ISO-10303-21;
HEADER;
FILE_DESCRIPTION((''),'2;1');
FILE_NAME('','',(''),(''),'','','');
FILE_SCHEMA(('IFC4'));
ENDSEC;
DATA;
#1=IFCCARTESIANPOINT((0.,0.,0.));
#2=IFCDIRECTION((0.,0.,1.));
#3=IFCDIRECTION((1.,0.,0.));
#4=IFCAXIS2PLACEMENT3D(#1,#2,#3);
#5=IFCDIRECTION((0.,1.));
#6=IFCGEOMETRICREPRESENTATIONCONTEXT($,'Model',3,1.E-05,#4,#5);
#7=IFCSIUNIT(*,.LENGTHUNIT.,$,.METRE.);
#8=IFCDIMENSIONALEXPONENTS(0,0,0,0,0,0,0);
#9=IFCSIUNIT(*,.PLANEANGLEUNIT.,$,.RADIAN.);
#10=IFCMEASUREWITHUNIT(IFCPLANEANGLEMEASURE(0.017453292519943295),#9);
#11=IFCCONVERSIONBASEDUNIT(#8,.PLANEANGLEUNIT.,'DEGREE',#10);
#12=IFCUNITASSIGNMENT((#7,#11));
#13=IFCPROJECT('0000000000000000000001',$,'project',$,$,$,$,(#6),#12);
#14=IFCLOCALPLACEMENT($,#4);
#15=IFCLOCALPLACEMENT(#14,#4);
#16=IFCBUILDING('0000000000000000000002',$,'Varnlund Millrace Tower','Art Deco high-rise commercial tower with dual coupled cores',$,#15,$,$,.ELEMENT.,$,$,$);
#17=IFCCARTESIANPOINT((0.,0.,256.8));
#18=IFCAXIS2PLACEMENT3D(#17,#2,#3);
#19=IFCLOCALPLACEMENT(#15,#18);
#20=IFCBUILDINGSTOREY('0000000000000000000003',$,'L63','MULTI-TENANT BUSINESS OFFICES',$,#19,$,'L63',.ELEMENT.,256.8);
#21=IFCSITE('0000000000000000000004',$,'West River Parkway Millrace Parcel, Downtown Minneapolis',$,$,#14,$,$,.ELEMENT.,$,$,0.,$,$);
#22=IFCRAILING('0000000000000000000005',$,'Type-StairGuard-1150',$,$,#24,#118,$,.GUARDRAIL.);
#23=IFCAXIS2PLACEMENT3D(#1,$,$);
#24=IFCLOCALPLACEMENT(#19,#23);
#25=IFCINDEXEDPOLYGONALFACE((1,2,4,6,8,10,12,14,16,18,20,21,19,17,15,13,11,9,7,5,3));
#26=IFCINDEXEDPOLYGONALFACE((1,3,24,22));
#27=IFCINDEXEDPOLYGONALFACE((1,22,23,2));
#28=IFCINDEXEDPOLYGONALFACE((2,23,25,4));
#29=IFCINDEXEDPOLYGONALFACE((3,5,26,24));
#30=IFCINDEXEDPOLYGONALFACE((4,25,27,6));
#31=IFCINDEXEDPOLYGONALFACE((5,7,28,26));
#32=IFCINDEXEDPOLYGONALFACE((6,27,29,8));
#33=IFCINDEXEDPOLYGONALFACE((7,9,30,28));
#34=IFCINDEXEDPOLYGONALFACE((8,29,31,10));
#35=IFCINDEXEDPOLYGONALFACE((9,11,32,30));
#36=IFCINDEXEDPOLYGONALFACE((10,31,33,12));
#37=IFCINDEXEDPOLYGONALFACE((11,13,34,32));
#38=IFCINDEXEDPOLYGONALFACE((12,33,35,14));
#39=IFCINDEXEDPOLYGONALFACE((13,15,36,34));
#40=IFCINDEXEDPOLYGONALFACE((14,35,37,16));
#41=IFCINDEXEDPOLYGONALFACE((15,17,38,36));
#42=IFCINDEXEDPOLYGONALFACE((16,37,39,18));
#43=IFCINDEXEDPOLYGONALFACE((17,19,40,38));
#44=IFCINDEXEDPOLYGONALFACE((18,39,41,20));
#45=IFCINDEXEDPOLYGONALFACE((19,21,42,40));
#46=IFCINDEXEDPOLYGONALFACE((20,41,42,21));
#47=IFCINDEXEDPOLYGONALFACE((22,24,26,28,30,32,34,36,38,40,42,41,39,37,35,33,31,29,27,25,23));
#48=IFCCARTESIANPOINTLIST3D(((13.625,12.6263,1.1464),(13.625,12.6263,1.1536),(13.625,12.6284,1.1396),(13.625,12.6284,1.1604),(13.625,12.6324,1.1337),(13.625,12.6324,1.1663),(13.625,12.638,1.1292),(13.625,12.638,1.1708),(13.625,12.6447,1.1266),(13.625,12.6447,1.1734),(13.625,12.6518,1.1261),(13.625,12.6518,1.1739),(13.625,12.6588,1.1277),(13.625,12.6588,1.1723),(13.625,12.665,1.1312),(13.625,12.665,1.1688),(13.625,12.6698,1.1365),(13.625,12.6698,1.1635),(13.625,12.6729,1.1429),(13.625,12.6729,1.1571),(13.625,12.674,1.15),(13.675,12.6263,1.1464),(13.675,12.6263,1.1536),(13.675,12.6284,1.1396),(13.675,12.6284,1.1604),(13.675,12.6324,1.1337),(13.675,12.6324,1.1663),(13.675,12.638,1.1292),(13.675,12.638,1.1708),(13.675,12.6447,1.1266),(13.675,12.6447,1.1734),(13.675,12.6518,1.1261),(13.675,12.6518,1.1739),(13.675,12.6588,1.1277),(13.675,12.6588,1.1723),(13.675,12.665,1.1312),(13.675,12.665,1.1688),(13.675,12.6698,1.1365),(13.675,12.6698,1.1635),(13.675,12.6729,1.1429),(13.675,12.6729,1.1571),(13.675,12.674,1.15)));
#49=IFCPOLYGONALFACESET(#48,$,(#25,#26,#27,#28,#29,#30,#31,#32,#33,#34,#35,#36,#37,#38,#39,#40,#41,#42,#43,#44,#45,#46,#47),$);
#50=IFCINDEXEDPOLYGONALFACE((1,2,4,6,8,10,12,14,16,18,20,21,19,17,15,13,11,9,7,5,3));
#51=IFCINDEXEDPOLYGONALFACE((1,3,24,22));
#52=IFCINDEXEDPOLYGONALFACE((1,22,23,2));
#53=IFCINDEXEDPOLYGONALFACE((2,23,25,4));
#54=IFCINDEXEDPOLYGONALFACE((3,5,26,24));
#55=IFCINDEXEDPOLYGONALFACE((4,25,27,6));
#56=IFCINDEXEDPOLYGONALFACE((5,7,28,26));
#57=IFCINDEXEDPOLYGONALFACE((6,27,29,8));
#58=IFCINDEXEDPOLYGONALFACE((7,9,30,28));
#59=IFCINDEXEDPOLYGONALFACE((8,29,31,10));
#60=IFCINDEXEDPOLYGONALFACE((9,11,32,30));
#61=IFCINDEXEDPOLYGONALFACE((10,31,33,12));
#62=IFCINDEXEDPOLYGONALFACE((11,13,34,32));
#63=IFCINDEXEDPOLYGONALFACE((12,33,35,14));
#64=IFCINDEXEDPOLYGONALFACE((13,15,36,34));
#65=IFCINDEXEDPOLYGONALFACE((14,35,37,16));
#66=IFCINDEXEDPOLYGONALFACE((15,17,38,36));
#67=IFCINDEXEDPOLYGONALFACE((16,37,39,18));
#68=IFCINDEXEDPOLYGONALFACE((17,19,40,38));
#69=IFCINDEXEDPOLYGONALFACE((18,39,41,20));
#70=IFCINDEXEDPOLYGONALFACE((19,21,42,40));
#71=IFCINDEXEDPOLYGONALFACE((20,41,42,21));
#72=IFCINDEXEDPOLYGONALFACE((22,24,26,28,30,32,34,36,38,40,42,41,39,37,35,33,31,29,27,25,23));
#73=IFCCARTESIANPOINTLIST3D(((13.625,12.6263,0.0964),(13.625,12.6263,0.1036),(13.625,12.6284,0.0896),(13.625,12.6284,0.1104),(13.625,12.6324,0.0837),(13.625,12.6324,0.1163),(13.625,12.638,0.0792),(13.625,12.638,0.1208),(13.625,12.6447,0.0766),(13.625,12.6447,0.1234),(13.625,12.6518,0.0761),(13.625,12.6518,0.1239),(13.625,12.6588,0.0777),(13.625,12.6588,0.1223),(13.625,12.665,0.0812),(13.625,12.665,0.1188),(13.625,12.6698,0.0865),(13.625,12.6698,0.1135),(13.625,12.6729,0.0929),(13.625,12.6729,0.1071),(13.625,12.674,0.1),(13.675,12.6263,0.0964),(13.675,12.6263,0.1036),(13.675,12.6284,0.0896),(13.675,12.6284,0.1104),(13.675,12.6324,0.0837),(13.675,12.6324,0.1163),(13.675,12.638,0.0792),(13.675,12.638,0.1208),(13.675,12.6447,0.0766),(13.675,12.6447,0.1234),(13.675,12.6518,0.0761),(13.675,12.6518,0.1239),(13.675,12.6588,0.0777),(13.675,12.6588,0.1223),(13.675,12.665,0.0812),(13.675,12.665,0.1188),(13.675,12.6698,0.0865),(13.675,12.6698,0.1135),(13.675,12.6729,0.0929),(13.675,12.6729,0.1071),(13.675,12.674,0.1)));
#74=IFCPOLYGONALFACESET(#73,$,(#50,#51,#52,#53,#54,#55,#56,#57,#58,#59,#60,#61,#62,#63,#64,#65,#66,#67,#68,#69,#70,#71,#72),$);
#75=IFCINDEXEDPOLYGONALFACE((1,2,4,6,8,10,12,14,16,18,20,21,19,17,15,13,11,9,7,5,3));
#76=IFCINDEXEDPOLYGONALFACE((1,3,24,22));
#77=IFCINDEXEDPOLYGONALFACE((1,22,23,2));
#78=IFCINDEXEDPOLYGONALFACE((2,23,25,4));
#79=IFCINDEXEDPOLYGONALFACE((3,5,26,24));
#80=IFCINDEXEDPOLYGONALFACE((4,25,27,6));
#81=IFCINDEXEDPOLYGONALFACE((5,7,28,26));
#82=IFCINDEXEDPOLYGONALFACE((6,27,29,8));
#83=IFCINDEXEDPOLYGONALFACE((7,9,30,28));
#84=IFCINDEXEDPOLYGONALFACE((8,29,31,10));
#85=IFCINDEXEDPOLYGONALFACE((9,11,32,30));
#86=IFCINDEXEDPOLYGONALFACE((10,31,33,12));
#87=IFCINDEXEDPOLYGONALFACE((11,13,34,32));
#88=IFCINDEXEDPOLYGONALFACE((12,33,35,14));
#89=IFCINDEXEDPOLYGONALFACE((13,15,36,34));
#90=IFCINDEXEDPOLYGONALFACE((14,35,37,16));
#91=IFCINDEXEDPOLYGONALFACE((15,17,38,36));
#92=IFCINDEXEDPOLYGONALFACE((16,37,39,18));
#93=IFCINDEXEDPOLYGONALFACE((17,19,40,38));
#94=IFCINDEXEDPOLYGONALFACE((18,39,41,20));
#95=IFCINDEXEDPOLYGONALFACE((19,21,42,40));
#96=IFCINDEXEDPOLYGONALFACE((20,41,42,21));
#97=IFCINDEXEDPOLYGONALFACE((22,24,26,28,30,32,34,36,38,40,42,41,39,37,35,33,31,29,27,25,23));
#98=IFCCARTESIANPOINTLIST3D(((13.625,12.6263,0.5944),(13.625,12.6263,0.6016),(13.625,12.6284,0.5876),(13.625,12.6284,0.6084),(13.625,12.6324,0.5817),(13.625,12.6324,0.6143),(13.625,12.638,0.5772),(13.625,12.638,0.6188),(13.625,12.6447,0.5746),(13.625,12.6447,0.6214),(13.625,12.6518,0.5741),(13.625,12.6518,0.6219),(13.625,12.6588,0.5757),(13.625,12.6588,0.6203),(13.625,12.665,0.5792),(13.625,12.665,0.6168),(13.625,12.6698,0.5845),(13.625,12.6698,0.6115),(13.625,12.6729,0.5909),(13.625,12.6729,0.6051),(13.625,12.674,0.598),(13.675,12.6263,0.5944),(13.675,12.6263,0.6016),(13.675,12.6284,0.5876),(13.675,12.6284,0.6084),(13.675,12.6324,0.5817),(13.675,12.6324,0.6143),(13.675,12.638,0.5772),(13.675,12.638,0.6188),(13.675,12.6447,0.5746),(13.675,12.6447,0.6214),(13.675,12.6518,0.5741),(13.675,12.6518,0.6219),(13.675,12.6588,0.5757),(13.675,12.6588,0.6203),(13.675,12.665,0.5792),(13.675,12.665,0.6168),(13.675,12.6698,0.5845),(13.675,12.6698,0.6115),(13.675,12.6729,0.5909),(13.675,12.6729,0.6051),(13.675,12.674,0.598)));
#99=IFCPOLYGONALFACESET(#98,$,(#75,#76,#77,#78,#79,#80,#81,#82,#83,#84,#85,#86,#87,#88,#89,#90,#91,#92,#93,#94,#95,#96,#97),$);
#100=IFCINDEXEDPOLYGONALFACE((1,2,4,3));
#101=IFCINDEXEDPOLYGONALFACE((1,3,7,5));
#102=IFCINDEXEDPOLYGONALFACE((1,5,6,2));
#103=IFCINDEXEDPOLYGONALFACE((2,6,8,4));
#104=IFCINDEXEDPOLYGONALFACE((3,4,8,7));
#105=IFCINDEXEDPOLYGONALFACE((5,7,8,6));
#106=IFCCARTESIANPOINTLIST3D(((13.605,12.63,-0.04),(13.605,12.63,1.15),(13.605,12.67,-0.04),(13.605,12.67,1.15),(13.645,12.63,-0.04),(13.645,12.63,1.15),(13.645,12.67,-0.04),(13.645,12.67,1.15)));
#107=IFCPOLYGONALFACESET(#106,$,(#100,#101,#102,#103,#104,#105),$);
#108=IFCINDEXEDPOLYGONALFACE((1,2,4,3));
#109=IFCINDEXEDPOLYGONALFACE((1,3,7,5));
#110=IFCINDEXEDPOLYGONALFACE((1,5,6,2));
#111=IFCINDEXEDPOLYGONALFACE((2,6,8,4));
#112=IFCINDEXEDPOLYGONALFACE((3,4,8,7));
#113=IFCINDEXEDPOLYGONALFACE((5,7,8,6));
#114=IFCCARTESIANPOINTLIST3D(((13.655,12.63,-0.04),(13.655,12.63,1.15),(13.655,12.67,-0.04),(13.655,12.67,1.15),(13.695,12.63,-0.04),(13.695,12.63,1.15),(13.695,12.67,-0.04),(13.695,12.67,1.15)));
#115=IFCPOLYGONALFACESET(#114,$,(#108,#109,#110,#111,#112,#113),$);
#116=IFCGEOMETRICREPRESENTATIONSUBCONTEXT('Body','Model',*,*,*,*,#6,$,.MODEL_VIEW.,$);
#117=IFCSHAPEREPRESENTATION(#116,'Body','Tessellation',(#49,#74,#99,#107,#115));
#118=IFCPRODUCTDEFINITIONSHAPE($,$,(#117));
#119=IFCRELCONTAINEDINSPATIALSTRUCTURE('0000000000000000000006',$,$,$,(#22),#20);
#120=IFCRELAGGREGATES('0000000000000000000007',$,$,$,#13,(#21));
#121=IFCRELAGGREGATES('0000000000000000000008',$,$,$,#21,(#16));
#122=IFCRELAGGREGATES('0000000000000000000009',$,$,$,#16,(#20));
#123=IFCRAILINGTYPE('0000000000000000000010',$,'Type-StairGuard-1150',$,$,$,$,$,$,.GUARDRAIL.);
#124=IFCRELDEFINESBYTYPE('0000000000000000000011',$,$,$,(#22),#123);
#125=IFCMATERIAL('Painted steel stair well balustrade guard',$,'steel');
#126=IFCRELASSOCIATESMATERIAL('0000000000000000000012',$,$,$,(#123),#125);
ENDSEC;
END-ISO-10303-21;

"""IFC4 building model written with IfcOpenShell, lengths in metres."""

from ifc_helpers import new_model, entity, si_unit, converted_unit, direction, frame, origin_with_axes, origin_2d_with_axis, place, context, subcontext, project, spatial, rectangle, circle, extrude, material, type_object, element, save


model = new_model("IFC4")

# Units and contexts
model_context = context("Model", 3, precision=1e-05, world=origin_with_axes(), true_north=direction((0.0, 1.0)))
body_context = subcontext(model_context, "Body", "Model", "MODEL_VIEW")
ifc_project = project(units=[si_unit("LENGTHUNIT", "METRE"), converted_unit("PLANEANGLEUNIT", "DEGREE", entity("IfcPlaneAngleMeasure", 0.017453292519943295), si_unit("PLANEANGLEUNIT", "RADIAN"), dimensions=[0, 0, 0, 0, 0, 0, 0])], contexts=[model_context])

# Site, building, storey
site_placement = place(None, origin_with_axes())
site = spatial("IfcSite", under=ifc_project, at=site_placement, Name="West River Parkway Millrace Parcel, Downtown Minneapolis", CompositionType="ELEMENT", RefElevation=0.0)
building_placement = place(site_placement, origin_with_axes())
building = spatial("IfcBuilding", under=site, at=building_placement, Name="Varnlund Millrace Tower", Description="Art Deco high-rise commercial tower with dual coupled cores", CompositionType="ELEMENT")
storey_placement = place(building_placement, frame((0.0, 0.0, 256.8), z_axis=(0.0, 0.0, 1.0), x_axis=(1.0, 0.0, 0.0)))
storey = spatial("IfcBuildingStorey", under=building, at=storey_placement, Name="L63", Description="MULTI-TENANT BUSINESS OFFICES", LongName="L63", CompositionType="ELEMENT", Elevation=256.8)

# Railing
ifc_material_1 = material(Name="Painted steel stair well balustrade guard", Category="steel")
railing_type_1 = type_object("IfcRailingType", Name="Type-StairGuard-1150", PredefinedType="GUARDRAIL", material=ifc_material_1)
railing_1_placement = place(storey_placement, frame((0.0, 0.0, -256.8), z_axis=(0.0, 0.0, 1.0), x_axis=(1.0, 0.0, 0.0)))
element("IfcRailing", 1, at=railing_1_placement, inside=storey, type_object=railing_type_1, Name="Type-StairGuard-1150", PredefinedType="GUARDRAIL", context=body_context, shape_type="SweptSolid", body=[
    extrude(circle(Radius=0.024, at=origin_2d_with_axis()), frame((13.625, 12.65, 257.95), z_axis=(1.0, 0.0, 0.0), x_axis=(0.0, 1.0, 0.0)), (0.0, 0.0, 1.0), 0.05),
    extrude(circle(Radius=0.024, at=origin_2d_with_axis()), frame((13.625, 12.65, 256.9), z_axis=(1.0, 0.0, 0.0), x_axis=(0.0, 1.0, 0.0)), (0.0, 0.0, 1.0), 0.05),
    extrude(circle(Radius=0.024, at=origin_2d_with_axis()), frame((13.625, 12.65, 257.398), z_axis=(1.0, 0.0, 0.0), x_axis=(0.0, 1.0, 0.0)), (0.0, 0.0, 1.0), 0.05),
    extrude(rectangle(XDim=0.04, YDim=0.04, at=origin_2d_with_axis()), frame((13.625, 12.65, 256.76), z_axis=(0.0, 0.0, 1.0), x_axis=(1.0, 0.0, 0.0)), (0.0, 0.0, 1.0), 1.19),
    extrude(rectangle(XDim=0.04, YDim=0.04, at=origin_2d_with_axis()), frame((13.675, 12.65, 256.76), z_axis=(0.0, 0.0, 1.0), x_axis=(1.0, 0.0, 0.0)), (0.0, 0.0, 1.0), 1.19),
])

save(model, "model.ifc")
